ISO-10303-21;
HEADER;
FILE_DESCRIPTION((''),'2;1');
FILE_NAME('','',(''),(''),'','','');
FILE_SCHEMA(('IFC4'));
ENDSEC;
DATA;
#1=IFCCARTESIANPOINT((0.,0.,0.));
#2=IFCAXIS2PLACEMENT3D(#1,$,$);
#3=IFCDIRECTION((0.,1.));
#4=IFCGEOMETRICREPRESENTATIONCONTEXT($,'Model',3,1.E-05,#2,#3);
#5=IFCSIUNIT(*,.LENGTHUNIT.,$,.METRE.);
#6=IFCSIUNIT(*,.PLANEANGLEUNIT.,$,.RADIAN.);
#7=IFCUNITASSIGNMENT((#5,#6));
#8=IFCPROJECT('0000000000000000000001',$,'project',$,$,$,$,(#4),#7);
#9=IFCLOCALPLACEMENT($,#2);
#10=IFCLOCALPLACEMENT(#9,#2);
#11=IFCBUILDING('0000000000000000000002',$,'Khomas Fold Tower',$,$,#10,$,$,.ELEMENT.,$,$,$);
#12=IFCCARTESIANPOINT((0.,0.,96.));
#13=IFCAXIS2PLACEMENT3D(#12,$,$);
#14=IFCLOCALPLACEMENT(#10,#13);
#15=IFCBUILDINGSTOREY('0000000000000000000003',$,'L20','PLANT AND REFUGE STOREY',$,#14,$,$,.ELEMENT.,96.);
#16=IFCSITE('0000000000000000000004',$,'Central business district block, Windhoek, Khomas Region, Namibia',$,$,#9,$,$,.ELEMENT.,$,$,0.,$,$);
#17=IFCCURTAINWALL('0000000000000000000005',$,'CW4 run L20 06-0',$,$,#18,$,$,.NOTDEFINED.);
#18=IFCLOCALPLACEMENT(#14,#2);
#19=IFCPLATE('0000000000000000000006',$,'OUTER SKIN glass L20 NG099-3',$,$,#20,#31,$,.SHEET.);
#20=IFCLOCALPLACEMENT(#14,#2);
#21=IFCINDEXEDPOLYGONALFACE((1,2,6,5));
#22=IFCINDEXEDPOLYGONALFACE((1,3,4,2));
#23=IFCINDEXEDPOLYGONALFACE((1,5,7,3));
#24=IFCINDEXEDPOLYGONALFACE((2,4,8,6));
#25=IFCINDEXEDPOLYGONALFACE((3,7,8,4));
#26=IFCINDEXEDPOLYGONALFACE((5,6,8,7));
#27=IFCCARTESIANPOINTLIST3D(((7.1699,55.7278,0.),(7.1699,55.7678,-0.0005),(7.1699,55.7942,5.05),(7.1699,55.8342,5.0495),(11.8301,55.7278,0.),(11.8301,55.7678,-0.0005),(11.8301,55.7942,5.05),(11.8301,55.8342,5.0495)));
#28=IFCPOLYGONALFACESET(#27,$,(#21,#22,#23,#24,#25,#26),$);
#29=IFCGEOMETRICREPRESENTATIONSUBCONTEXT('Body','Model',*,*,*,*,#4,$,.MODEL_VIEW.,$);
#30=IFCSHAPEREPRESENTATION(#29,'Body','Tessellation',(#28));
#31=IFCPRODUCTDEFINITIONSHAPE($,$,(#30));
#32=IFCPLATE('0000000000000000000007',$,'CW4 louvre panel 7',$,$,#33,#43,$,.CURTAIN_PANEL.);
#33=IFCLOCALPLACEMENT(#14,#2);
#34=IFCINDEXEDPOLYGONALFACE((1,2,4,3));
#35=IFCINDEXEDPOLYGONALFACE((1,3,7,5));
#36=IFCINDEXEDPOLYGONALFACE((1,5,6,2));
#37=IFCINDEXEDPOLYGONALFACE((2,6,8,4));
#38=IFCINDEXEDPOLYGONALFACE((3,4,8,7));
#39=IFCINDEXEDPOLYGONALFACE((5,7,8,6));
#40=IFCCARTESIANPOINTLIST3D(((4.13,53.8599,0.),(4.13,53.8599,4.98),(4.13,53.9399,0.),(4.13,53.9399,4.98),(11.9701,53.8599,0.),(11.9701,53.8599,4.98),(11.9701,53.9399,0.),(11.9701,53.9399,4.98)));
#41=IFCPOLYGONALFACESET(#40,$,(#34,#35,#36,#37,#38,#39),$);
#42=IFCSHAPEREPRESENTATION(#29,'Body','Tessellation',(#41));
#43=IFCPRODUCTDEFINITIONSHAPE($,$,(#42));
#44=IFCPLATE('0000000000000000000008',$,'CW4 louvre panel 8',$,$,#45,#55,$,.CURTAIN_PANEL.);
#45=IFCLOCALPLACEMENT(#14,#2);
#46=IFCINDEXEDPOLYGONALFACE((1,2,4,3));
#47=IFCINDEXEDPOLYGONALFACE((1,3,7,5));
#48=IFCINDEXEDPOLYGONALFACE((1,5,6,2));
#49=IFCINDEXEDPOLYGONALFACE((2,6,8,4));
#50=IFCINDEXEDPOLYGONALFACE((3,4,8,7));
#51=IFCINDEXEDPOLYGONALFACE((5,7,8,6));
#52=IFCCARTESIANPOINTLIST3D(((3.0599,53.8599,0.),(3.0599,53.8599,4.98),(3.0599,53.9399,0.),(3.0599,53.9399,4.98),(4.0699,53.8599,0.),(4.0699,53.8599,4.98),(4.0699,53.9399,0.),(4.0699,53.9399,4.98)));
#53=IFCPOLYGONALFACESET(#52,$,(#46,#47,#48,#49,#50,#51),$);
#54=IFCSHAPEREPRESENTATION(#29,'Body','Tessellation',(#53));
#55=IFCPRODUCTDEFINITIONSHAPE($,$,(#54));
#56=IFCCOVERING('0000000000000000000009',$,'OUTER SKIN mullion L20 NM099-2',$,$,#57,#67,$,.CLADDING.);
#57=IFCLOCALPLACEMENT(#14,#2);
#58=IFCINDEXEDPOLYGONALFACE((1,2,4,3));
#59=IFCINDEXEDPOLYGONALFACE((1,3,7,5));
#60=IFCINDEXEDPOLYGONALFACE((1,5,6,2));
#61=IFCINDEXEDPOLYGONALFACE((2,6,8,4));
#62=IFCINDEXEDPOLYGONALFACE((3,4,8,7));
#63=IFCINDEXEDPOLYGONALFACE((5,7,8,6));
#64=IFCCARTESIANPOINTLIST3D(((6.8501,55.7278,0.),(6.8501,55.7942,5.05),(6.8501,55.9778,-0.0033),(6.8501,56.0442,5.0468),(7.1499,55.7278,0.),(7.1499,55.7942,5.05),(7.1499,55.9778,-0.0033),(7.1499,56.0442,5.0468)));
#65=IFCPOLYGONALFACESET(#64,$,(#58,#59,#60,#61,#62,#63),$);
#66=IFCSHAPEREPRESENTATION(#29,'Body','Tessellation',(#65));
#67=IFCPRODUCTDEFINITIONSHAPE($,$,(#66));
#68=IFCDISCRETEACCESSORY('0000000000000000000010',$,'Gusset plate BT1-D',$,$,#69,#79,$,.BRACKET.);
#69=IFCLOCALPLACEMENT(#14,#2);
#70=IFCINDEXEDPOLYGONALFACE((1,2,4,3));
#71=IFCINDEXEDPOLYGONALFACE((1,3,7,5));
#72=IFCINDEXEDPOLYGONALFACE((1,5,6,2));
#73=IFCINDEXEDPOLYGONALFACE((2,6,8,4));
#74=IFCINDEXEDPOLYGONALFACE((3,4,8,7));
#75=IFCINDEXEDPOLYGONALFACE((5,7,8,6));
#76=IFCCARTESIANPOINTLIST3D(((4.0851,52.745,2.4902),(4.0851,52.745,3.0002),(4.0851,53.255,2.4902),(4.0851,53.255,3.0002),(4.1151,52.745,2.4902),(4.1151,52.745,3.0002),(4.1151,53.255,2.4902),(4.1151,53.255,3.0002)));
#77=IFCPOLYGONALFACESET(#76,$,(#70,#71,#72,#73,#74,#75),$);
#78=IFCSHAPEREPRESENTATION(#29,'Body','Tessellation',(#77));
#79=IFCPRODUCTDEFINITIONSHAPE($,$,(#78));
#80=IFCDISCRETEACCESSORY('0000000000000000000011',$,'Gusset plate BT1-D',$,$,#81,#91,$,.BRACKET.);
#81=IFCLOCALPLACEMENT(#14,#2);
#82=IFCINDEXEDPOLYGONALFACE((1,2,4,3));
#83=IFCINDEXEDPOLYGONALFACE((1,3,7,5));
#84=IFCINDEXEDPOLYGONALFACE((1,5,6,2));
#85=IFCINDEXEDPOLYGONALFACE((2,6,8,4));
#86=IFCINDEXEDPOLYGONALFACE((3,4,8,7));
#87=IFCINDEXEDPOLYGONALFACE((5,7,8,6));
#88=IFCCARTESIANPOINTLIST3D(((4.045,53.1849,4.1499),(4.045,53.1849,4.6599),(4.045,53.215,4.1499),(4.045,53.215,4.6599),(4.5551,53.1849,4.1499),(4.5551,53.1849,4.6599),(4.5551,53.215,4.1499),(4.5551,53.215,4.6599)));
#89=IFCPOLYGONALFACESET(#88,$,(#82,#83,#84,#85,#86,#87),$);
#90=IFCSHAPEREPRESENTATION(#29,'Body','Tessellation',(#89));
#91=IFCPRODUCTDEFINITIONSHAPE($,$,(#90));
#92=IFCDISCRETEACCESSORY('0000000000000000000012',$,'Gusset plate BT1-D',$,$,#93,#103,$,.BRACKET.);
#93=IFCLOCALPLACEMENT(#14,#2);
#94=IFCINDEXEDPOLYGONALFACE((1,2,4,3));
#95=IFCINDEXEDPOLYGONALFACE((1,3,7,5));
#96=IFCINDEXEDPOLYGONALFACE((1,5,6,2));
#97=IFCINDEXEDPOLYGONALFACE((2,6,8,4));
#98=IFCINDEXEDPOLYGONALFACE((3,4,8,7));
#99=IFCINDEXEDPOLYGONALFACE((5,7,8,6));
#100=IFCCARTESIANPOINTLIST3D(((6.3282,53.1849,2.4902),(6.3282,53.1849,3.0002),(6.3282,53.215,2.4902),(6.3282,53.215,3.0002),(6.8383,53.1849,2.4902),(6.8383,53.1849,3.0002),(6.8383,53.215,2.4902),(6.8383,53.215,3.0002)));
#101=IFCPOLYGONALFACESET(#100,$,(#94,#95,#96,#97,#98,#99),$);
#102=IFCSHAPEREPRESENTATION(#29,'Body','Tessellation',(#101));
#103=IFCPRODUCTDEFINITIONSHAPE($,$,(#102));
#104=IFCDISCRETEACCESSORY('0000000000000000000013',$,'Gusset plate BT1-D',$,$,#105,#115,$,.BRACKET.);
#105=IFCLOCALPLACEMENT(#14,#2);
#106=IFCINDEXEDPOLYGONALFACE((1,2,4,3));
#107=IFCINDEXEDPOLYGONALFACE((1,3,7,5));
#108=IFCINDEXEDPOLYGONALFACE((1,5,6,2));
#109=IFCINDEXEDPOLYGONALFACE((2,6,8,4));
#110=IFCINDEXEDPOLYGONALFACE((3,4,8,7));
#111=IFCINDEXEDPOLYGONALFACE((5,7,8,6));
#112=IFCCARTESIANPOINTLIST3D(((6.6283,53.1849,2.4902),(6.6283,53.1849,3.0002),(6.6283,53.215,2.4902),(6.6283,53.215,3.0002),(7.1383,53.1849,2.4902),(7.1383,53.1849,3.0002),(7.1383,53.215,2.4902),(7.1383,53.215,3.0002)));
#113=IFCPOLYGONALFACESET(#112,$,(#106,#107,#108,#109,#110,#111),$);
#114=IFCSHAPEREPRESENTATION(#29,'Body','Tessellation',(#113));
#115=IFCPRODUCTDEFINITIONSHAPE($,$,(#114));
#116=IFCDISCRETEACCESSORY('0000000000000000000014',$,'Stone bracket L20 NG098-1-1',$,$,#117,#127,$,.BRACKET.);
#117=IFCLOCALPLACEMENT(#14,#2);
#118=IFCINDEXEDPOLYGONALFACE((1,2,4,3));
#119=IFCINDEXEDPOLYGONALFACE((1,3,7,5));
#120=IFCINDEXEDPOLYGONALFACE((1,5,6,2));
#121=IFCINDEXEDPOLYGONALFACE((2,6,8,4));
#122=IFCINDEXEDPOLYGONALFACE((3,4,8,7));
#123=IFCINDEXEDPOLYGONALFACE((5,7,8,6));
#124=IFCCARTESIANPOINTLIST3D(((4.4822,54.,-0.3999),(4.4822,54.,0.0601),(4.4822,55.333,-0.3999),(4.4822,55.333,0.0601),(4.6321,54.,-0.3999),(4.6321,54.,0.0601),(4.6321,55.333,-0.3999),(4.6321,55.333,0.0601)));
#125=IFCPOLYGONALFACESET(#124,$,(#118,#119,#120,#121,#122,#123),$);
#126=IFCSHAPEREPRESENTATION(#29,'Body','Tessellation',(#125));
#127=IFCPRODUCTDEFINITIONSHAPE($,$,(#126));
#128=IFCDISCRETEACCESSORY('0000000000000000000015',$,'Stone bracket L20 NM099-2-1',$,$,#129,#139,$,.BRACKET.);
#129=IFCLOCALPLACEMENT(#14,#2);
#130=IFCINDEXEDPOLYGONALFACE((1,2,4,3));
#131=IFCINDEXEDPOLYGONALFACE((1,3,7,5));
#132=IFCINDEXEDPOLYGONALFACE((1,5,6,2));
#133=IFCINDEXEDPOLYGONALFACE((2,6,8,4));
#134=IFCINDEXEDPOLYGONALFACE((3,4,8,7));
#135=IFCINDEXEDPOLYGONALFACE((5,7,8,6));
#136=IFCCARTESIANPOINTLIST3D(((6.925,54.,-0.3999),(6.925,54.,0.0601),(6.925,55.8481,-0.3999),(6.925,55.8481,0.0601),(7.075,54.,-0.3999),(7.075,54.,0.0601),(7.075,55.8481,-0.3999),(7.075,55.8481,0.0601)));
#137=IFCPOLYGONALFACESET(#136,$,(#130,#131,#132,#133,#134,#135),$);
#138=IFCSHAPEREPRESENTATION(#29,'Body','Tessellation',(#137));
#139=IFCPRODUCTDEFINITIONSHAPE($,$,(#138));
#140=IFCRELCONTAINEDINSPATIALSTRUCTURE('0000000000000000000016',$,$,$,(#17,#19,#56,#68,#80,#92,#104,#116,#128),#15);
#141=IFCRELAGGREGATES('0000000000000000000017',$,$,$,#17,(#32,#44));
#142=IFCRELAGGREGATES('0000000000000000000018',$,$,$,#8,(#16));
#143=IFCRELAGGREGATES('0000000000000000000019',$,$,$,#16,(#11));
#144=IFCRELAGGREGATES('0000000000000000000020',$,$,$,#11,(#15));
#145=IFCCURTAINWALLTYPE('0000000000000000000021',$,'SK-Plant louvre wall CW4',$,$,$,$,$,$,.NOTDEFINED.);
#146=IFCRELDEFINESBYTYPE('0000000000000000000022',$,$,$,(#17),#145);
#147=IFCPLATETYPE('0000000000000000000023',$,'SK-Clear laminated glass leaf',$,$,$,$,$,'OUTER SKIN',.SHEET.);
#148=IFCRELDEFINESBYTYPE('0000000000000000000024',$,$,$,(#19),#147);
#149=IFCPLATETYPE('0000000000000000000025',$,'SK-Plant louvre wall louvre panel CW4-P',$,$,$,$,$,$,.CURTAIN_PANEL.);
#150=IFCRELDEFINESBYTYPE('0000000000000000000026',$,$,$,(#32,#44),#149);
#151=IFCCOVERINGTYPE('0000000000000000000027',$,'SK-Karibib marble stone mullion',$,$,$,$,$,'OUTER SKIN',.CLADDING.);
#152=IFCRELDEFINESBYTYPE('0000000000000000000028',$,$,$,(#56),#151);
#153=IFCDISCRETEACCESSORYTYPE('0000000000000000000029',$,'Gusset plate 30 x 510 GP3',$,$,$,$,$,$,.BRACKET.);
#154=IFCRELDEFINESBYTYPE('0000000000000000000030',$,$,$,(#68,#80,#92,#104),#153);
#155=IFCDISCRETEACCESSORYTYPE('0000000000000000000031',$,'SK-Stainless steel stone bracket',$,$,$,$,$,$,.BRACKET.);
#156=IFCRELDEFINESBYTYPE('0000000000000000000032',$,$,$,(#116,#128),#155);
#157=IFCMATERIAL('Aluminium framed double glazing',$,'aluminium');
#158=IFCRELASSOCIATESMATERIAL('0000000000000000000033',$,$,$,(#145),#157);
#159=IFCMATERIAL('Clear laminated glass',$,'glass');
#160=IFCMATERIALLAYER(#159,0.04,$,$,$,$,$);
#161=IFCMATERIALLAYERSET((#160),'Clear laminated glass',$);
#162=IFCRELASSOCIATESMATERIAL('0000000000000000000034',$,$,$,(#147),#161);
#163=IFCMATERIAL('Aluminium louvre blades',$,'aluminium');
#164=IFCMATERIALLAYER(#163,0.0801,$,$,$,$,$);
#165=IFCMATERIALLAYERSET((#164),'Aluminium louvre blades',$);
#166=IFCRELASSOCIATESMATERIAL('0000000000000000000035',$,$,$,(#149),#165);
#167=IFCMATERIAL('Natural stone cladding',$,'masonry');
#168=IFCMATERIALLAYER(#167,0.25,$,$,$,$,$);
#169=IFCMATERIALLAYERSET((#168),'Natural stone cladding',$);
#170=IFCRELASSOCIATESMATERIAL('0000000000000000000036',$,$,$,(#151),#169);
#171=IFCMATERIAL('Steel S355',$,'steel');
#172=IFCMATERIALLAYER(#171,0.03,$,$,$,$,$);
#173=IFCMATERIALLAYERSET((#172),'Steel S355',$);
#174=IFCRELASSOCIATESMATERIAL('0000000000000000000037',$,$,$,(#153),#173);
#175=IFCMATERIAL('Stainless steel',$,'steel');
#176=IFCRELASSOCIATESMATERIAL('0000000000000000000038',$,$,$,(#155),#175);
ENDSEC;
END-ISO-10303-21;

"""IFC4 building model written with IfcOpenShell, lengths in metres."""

from ifc_helpers import new_model, si_unit, direction, frame, origin, origin_2d, place, context, subcontext, project, spatial, polyline, rectangle, outline, extrude, source, transform, mapped, material, layer, layer_set, type_object, element, aggregate, save


model = new_model("IFC4")

# Units and contexts
model_context = context("Model", 3, precision=1e-05, world=origin(), true_north=direction((0.0, 1.0)))
body_context = subcontext(model_context, "Body", "Model", "MODEL_VIEW")
ifc_project = project(units=[si_unit("LENGTHUNIT", "METRE"), si_unit("PLANEANGLEUNIT", "RADIAN")], contexts=[model_context])

# Site, building, storey
site_placement = place(None, origin())
site = spatial("IfcSite", under=ifc_project, at=site_placement, Name="Central business district block, Windhoek, Khomas Region, Namibia", CompositionType="ELEMENT", RefElevation=0.0)
building_placement = place(site_placement, origin())
building = spatial("IfcBuilding", under=site, at=building_placement, Name="Khomas Fold Tower", CompositionType="ELEMENT")
storey_placement = place(building_placement, frame((0.0, 0.0, 96.0)))
storey = spatial("IfcBuildingStorey", under=building, at=storey_placement, Name="L20", Description="PLANT AND REFUGE STOREY", CompositionType="ELEMENT", Elevation=96.0)

# Curtain wall
ifc_material_1 = material(Name="Aluminium framed double glazing", Category="aluminium")
curtain_wall_type = type_object("IfcCurtainWallType", Name="SK-Plant louvre wall CW4", PredefinedType="NOTDEFINED", material=ifc_material_1)
curtain_wall_1_placement = place(storey_placement, origin())
curtain_wall_1 = element("IfcCurtainWall", 1, at=curtain_wall_1_placement, inside=storey, type_object=curtain_wall_type, Name="CW4 run L20 06-0", PredefinedType="NOTDEFINED")

# Plate
ifc_material_2 = material(Name="Clear laminated glass", Category="glass")
ifc_layer_1 = layer(ifc_material_2, 0.04)
ifc_layer_set_1 = layer_set([ifc_layer_1], Name="Clear laminated glass")
plate_type_1 = type_object("IfcPlateType", Name="SK-Clear laminated glass leaf", ElementType="OUTER SKIN", PredefinedType="SHEET", material=ifc_layer_set_1)
plate_1_placement = place(storey_placement, frame((7.1699, 55.7278, 0.0), z_axis=(0.0, -0.999914, 0.013148), x_axis=(0.0, 0.013148, 0.999914)))
element("IfcPlate", 2, at=plate_1_placement, inside=storey, type_object=plate_type_1, Name="OUTER SKIN glass L20 NG099-3", PredefinedType="SHEET", context=body_context, shape_type="SweptSolid", body=[
    extrude(outline(polyline([(0.0, 0.0), (5.0505, 0.0), (5.0505, -4.6602), (0.0, -4.6602), (0.0, 0.0)])), origin(), (0.0, 0.0, -1.0), 0.04),
])

# Plates
ifc_material_3 = material(Name="Aluminium louvre blades", Category="aluminium")
ifc_layer_2 = layer(ifc_material_3, 0.0801)
ifc_layer_set_2 = layer_set([ifc_layer_2], Name="Aluminium louvre blades")
plate_type_2 = type_object("IfcPlateType", Name="SK-Plant louvre wall louvre panel CW4-P", PredefinedType="CURTAIN_PANEL", material=ifc_layer_set_2)
shared_shape_1 = source(origin(), body_context, "Body", "SweptSolid", [
    extrude(rectangle(XDim=7.8401, YDim=0.0801, at=origin_2d()), origin(), (0.0, 0.0, 1.0), 4.98),
])
plate_2_placement = place(storey_placement, frame((8.05, 53.8999, 0.0), z_axis=(0.0, 0.0, 1.0), x_axis=(-1.0, 0.0, 0.0)))
plate_2 = element("IfcPlate", 3, at=plate_2_placement, type_object=plate_type_2, Name="CW4 louvre panel 7", PredefinedType="CURTAIN_PANEL", context=body_context, shape_type="MappedRepresentation", body=[
    mapped(shared_shape_1, transform((0.0, 0.0, 0.0))),
])
shared_shape_2 = source(origin(), body_context, "Body", "SweptSolid", [
    extrude(rectangle(XDim=1.01, YDim=0.0801, at=origin_2d()), origin(), (0.0, 0.0, 1.0), 4.98),
])
plate_3_placement = place(storey_placement, frame((3.5649, 53.8999, 0.0), z_axis=(0.0, 0.0, 1.0), x_axis=(-1.0, 0.0, 0.0)))
plate_3 = element("IfcPlate", 4, at=plate_3_placement, type_object=plate_type_2, Name="CW4 louvre panel 8", PredefinedType="CURTAIN_PANEL", context=body_context, shape_type="MappedRepresentation", body=[
    mapped(shared_shape_2, transform((0.0, 0.0, 0.0))),
])
aggregate(curtain_wall_1, [plate_2, plate_3])

# Covering
ifc_material_4 = material(Name="Natural stone cladding", Category="masonry")
ifc_layer_3 = layer(ifc_material_4, 0.25)
ifc_layer_set_3 = layer_set([ifc_layer_3], Name="Natural stone cladding")
covering_type = type_object("IfcCoveringType", Name="SK-Karibib marble stone mullion", ElementType="OUTER SKIN", PredefinedType="CLADDING", material=ifc_layer_set_3)
covering_placement = place(storey_placement, frame((6.8501, 55.7278, 0.0), z_axis=(0.0, -0.999914, 0.013148), x_axis=(0.0, 0.013148, 0.999914)))
element("IfcCovering", 5, at=covering_placement, inside=storey, type_object=covering_type, Name="OUTER SKIN mullion L20 NM099-2", PredefinedType="CLADDING", context=body_context, shape_type="SweptSolid", body=[
    extrude(outline(polyline([(0.0, 0.0), (5.0505, 0.0), (5.0505, -0.2998), (0.0, -0.2998), (0.0, 0.0)])), origin(), (0.0, 0.0, -1.0), 0.25),
])

# Discrete accessories
ifc_material_5 = material(Name="Steel S355", Category="steel")
ifc_layer_4 = layer(ifc_material_5, 0.03)
ifc_layer_set_4 = layer_set([ifc_layer_4], Name="Steel S355")
discrete_accessory_type_1 = type_object("IfcDiscreteAccessoryType", Name="Gusset plate 30 x 510 GP3", PredefinedType="BRACKET", material=ifc_layer_set_4)
shared_shape_3 = source(origin(), body_context, "Body", "SweptSolid", [
    extrude(rectangle(XDim=0.51, YDim=0.03, at=origin_2d()), origin(), (0.0, 0.0, 1.0), 0.51),
])
for number, where, z_axis, x_axis, name in (
    (6, (4.1001, 53.0, 2.4902), (0.0, 0.0, 1.0), (0.0, 1.0, 0.0), "Gusset plate BT1-D"),
    (7, (4.3, 53.2, 4.1499), (0.0, 0.0, 1.0), (1.0, 0.0, 0.0), "Gusset plate BT1-D"),
    (8, (6.5833, 53.2, 2.4902), (0.0, 0.0, 1.0), (1.0, 0.0, 0.0), "Gusset plate BT1-D"),
    (9, (6.8833, 53.2, 2.4902), (0.0, 0.0, 1.0), (1.0, 0.0, 0.0), "Gusset plate BT1-D"),
):
    element("IfcDiscreteAccessory", number, at=place(storey_placement, frame(where, z_axis=z_axis, x_axis=x_axis)), inside=storey, type_object=discrete_accessory_type_1, Name=name, PredefinedType="BRACKET", context=body_context, shape_type="MappedRepresentation", body=[
        mapped(shared_shape_3, transform((0.0, 0.0, 0.0))),
    ])
ifc_material_6 = material(Name="Stainless steel", Category="steel")
discrete_accessory_type_2 = type_object("IfcDiscreteAccessoryType", Name="SK-Stainless steel stone bracket", PredefinedType="BRACKET", material=ifc_material_6)
shared_shape_4 = source(origin(), body_context, "Body", "SweptSolid", [
    extrude(rectangle(XDim=1.333, YDim=0.1499, at=origin_2d()), origin(), (0.0, 0.0, 1.0), 0.46),
])
discrete_accessory_1_placement = place(storey_placement, frame((4.5571, 54.6665, -0.3999), z_axis=(0.0, 0.0, 1.0), x_axis=(0.0, 1.0, 0.0)))
element("IfcDiscreteAccessory", 10, at=discrete_accessory_1_placement, inside=storey, type_object=discrete_accessory_type_2, Name="Stone bracket L20 NG098-1-1", PredefinedType="BRACKET", context=body_context, shape_type="MappedRepresentation", body=[
    mapped(shared_shape_4, transform((0.0, 0.0, 0.0))),
])
shared_shape_5 = source(origin(), body_context, "Body", "SweptSolid", [
    extrude(rectangle(XDim=1.8481, YDim=0.1499, at=origin_2d()), origin(), (0.0, 0.0, 1.0), 0.46),
])
discrete_accessory_2_placement = place(storey_placement, frame((7.0, 54.9241, -0.3999), z_axis=(0.0, 0.0, 1.0), x_axis=(0.0, 1.0, 0.0)))
element("IfcDiscreteAccessory", 11, at=discrete_accessory_2_placement, inside=storey, type_object=discrete_accessory_type_2, Name="Stone bracket L20 NM099-2-1", PredefinedType="BRACKET", context=body_context, shape_type="MappedRepresentation", body=[
    mapped(shared_shape_5, transform((0.0, 0.0, 0.0))),
])

save(model, "model.ifc")
